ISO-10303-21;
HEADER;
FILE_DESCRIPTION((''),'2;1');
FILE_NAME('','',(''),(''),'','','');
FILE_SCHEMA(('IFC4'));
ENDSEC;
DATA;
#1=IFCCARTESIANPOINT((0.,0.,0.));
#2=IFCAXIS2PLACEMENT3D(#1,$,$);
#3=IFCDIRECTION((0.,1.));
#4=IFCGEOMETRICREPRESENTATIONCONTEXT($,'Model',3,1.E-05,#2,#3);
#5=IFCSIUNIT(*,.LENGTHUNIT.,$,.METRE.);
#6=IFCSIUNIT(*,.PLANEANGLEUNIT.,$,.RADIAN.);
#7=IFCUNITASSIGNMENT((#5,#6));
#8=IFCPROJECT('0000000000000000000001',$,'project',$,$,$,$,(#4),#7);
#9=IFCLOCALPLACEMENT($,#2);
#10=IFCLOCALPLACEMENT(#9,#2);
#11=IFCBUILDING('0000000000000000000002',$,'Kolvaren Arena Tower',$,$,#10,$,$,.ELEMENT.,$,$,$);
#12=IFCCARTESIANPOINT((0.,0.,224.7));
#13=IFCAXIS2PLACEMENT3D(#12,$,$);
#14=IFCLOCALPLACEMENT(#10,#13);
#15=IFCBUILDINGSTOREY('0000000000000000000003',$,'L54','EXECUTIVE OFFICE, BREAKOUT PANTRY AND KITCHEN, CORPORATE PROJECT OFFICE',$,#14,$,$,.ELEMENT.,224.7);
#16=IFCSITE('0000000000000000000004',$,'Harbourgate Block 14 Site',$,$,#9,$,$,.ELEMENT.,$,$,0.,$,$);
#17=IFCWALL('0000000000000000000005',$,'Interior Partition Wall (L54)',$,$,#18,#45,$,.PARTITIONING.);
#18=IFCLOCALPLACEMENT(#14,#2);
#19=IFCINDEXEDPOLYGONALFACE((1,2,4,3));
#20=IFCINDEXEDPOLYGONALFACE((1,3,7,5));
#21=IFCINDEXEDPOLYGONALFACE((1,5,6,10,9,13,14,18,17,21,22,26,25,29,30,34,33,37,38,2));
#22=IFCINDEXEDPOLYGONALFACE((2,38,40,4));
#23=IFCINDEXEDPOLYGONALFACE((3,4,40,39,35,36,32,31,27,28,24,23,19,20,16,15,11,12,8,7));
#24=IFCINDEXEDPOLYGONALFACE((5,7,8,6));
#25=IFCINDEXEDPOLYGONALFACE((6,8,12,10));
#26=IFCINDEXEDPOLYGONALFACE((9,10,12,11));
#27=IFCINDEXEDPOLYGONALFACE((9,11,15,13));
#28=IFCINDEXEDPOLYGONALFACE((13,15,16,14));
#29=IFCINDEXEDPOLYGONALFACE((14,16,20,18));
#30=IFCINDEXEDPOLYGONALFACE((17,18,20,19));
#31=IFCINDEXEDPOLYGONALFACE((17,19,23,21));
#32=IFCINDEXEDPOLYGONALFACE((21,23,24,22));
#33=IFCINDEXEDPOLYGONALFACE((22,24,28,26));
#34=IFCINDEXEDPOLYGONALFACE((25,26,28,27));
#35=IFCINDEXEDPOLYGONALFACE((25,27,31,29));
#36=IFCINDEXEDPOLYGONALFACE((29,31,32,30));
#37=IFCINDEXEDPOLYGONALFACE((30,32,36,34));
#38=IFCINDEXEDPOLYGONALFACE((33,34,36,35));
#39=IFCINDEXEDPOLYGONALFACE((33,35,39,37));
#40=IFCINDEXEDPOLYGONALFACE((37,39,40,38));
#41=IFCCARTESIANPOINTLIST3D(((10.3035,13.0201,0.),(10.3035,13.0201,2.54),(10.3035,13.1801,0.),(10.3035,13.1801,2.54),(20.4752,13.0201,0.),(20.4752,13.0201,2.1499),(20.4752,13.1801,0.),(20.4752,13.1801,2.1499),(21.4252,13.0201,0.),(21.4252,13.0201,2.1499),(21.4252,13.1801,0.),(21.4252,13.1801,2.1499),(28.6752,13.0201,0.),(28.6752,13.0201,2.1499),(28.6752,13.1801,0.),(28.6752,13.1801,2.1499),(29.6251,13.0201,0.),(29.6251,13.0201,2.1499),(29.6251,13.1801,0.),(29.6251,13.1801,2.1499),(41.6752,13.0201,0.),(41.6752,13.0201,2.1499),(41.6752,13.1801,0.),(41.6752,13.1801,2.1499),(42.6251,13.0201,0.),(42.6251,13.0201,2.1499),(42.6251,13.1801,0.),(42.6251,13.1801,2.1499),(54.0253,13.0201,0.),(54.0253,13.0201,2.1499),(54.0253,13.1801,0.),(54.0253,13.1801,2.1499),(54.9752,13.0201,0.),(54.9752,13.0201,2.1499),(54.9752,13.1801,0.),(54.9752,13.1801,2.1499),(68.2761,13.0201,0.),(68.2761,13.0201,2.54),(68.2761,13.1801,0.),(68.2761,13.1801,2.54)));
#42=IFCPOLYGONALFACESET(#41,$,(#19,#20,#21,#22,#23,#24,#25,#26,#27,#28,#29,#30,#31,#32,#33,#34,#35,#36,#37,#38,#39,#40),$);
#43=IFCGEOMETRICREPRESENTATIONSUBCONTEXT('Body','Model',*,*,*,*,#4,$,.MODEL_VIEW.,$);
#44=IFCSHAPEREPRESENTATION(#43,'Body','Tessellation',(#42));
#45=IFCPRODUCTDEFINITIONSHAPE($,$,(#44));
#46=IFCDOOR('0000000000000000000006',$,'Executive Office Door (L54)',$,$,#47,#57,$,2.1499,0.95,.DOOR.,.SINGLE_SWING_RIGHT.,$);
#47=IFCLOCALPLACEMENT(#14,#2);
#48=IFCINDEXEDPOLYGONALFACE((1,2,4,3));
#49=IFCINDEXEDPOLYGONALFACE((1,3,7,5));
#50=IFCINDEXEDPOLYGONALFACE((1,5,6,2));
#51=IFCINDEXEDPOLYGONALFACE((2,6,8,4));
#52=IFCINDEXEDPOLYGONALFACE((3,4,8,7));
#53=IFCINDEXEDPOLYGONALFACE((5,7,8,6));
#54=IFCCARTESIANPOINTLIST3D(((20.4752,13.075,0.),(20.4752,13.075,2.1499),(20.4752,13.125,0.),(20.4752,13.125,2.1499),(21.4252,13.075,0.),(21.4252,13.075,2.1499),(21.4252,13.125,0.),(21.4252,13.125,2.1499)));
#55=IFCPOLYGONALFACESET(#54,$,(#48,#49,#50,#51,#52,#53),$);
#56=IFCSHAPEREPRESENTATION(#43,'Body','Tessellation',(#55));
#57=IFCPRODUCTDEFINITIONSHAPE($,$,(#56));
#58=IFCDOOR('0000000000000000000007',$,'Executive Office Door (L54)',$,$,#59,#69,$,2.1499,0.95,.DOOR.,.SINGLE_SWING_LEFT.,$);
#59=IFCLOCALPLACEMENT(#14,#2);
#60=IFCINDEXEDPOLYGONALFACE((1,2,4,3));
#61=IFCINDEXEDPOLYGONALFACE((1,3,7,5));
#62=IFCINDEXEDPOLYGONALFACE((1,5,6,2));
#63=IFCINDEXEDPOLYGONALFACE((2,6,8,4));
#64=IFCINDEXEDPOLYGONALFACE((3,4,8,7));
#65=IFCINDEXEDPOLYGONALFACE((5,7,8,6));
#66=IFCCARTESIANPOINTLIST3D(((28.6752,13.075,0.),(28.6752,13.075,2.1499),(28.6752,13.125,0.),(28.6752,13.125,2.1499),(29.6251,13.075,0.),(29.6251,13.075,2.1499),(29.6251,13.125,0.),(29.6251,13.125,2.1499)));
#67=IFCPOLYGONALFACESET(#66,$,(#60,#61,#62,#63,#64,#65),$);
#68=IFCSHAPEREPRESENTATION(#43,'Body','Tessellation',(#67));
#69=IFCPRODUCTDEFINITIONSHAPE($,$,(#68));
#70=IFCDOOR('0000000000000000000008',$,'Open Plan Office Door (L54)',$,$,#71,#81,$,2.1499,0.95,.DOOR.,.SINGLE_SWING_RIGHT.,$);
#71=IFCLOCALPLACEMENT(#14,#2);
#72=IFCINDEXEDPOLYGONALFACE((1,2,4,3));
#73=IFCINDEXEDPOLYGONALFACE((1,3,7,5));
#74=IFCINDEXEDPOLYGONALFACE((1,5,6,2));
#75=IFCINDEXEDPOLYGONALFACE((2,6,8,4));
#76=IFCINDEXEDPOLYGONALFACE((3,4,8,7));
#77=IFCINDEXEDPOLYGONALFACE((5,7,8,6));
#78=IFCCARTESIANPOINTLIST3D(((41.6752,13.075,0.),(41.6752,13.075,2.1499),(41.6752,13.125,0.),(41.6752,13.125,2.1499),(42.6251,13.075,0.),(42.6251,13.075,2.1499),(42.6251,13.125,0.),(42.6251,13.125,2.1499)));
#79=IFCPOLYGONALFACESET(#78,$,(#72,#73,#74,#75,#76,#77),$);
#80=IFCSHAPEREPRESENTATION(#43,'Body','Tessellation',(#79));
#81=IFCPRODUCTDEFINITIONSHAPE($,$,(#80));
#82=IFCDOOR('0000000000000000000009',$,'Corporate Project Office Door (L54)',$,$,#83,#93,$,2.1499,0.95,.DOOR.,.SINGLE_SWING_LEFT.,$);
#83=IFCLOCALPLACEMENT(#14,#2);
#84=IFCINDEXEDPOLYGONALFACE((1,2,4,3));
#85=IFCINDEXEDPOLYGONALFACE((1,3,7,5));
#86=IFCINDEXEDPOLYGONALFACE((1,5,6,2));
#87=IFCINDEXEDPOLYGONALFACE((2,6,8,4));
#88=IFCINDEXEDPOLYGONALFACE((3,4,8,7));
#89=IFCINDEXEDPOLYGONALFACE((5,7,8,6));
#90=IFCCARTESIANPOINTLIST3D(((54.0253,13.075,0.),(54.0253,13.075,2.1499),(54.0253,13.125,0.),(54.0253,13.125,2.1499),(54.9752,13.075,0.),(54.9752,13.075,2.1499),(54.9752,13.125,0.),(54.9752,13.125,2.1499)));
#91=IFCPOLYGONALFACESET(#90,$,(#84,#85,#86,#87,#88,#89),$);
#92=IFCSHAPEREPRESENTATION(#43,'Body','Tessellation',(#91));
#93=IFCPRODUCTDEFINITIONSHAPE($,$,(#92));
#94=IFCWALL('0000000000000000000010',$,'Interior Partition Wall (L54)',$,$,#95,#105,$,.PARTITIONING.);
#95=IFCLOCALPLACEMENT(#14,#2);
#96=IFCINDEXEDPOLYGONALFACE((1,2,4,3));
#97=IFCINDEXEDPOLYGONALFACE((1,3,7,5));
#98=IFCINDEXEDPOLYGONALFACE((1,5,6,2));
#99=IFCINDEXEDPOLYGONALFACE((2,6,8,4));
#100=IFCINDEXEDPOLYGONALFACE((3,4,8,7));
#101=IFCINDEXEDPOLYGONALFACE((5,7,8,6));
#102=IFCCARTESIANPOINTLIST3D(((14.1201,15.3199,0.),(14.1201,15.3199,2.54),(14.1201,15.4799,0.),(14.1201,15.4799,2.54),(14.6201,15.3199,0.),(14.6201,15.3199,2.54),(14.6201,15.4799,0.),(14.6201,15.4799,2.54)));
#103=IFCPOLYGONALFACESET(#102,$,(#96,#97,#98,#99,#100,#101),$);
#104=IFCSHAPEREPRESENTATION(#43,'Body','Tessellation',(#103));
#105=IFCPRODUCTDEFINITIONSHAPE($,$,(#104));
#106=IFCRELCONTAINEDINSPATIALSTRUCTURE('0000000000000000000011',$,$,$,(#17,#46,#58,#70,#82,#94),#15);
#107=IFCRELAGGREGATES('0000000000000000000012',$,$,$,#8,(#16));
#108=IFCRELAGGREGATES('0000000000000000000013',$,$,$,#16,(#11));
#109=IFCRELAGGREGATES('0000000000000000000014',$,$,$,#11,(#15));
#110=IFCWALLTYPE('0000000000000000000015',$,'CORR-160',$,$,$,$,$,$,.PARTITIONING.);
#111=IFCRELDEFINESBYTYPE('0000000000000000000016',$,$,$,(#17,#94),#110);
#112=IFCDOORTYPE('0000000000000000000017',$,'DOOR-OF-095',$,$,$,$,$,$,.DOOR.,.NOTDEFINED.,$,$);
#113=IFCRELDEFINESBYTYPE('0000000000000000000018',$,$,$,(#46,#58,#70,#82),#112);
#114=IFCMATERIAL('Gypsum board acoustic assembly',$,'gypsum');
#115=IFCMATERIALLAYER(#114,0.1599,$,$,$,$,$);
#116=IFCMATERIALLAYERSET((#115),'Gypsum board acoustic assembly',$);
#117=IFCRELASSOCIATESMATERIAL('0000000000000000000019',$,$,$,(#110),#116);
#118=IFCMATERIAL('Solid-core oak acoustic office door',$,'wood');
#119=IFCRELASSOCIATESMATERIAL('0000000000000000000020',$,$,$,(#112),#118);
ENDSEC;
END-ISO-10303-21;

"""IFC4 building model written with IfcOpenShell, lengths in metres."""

from ifc_helpers import new_model, si_unit, direction, frame, frame_2d, origin, place, context, subcontext, project, spatial, rectangle, extrude, material, layer, layer_set, type_object, element, fill, save


model = new_model("IFC4")

# Units and contexts
model_context = context("Model", 3, precision=1e-05, world=origin(), true_north=direction((0.0, 1.0)))
body_context = subcontext(model_context, "Body", "Model", "MODEL_VIEW")
ifc_project = project(units=[si_unit("LENGTHUNIT", "METRE"), si_unit("PLANEANGLEUNIT", "RADIAN")], contexts=[model_context])

# Site, building, storey
site_placement = place(None, origin())
site = spatial("IfcSite", under=ifc_project, at=site_placement, Name="Harbourgate Block 14 Site", CompositionType="ELEMENT", RefElevation=0.0)
building_placement = place(site_placement, origin())
building = spatial("IfcBuilding", under=site, at=building_placement, Name="Kolvaren Arena Tower", CompositionType="ELEMENT")
storey_placement = place(building_placement, frame((0.0, 0.0, 224.7)))
storey = spatial("IfcBuildingStorey", under=building, at=storey_placement, Name="L54", Description="EXECUTIVE OFFICE, BREAKOUT PANTRY AND KITCHEN, CORPORATE PROJECT OFFICE", CompositionType="ELEMENT", Elevation=224.7)

# Wall, openings, doors
ifc_material_1 = material(Name="Gypsum board acoustic assembly", Category="gypsum")
ifc_layer_1 = layer(ifc_material_1, 0.1599)
ifc_layer_set_1 = layer_set([ifc_layer_1], Name="Gypsum board acoustic assembly")
wall_type_1 = type_object("IfcWallType", Name="CORR-160", PredefinedType="PARTITIONING", material=ifc_layer_set_1)
wall_1_placement = place(storey_placement, frame((10.3035, 13.1001, 0.0), z_axis=(0.0, 0.0, 1.0), x_axis=(1.0, 0.0, 0.0)))
wall_1 = element("IfcWall", 1, at=wall_1_placement, inside=storey, type_object=wall_type_1, Name="Interior Partition Wall (L54)", PredefinedType="PARTITIONING", context=body_context, shape_type="SweptSolid", body=[
    extrude(rectangle(XDim=57.9727, YDim=0.1599, at=frame_2d((28.9863, 0.0))), origin(), (0.0, 0.0, 1.0), 2.54),
])
opening_1_placement = place(wall_1_placement, frame((10.1716, 0.0, 0.0)))
opening_1 = element("IfcOpeningElement", 2, at=opening_1_placement, cuts=wall_1, PredefinedType="OPENING", context=body_context, shape_type="SweptSolid", body=[
    extrude(rectangle(XDim=0.95, YDim=2.1499, at=frame_2d((0.4751, 1.075))), frame((0.0, 0.0898, 0.0), z_axis=(0.0, -1.0, 0.0), x_axis=(1.0, 0.0, 0.0)), (0.0, 0.0, 1.0), 0.1799),
])
opening_2_placement = place(wall_1_placement, frame((18.3716, 0.0, 0.0)))
opening_2 = element("IfcOpeningElement", 3, at=opening_2_placement, cuts=wall_1, PredefinedType="OPENING", context=body_context, shape_type="SweptSolid", body=[
    extrude(rectangle(XDim=0.95, YDim=2.1499, at=frame_2d((0.4751, 1.075))), frame((0.0, 0.0898, 0.0), z_axis=(0.0, -1.0, 0.0), x_axis=(1.0, 0.0, 0.0)), (0.0, 0.0, 1.0), 0.1799),
])
opening_3_placement = place(wall_1_placement, frame((31.3716, 0.0, 0.0)))
opening_3 = element("IfcOpeningElement", 4, at=opening_3_placement, cuts=wall_1, PredefinedType="OPENING", context=body_context, shape_type="SweptSolid", body=[
    extrude(rectangle(XDim=0.95, YDim=2.1499, at=frame_2d((0.4751, 1.075))), frame((0.0, 0.0898, 0.0), z_axis=(0.0, -1.0, 0.0), x_axis=(1.0, 0.0, 0.0)), (0.0, 0.0, 1.0), 0.1799),
])
opening_4_placement = place(wall_1_placement, frame((43.7217, 0.0, 0.0)))
opening_4 = element("IfcOpeningElement", 5, at=opening_4_placement, cuts=wall_1, PredefinedType="OPENING", context=body_context, shape_type="SweptSolid", body=[
    extrude(rectangle(XDim=0.95, YDim=2.1499, at=frame_2d((0.4751, 1.075))), frame((0.0, 0.0898, 0.0), z_axis=(0.0, -1.0, 0.0), x_axis=(1.0, 0.0, 0.0)), (0.0, 0.0, 1.0), 0.1799),
])
ifc_material_2 = material(Name="Solid-core oak acoustic office door", Category="wood")
door_type_1 = type_object("IfcDoorType", Name="DOOR-OF-095", OperationType="NOTDEFINED", PredefinedType="DOOR", material=ifc_material_2)
door_1_placement = place(opening_1_placement, origin())
door_1 = element("IfcDoor", 6, at=door_1_placement, inside=storey, type_object=door_type_1, Name="Executive Office Door (L54)", OperationType="SINGLE_SWING_RIGHT", OverallHeight=2.1499, OverallWidth=0.95, PredefinedType="DOOR", context=body_context, shape_type="SweptSolid", body=[
    extrude(rectangle(XDim=0.95, YDim=2.1499, at=frame_2d((0.4751, 1.075))), frame((0.0, 0.0249, 0.0), z_axis=(0.0, -1.0, 0.0), x_axis=(1.0, 0.0, 0.0)), (0.0, 0.0, 1.0), 0.05),
])
fill(opening_1, door_1)
door_2_placement = place(opening_2_placement, origin())
door_2 = element("IfcDoor", 7, at=door_2_placement, inside=storey, type_object=door_type_1, Name="Executive Office Door (L54)", OperationType="SINGLE_SWING_LEFT", OverallHeight=2.1499, OverallWidth=0.95, PredefinedType="DOOR", context=body_context, shape_type="SweptSolid", body=[
    extrude(rectangle(XDim=0.95, YDim=2.1499, at=frame_2d((0.4751, 1.075))), frame((0.0, 0.0249, 0.0), z_axis=(0.0, -1.0, 0.0), x_axis=(1.0, 0.0, 0.0)), (0.0, 0.0, 1.0), 0.05),
])
fill(opening_2, door_2)
door_3_placement = place(opening_3_placement, origin())
door_3 = element("IfcDoor", 8, at=door_3_placement, inside=storey, type_object=door_type_1, Name="Open Plan Office Door (L54)", OperationType="SINGLE_SWING_RIGHT", OverallHeight=2.1499, OverallWidth=0.95, PredefinedType="DOOR", context=body_context, shape_type="SweptSolid", body=[
    extrude(rectangle(XDim=0.95, YDim=2.1499, at=frame_2d((0.4751, 1.075))), frame((0.0, 0.0249, 0.0), z_axis=(0.0, -1.0, 0.0), x_axis=(1.0, 0.0, 0.0)), (0.0, 0.0, 1.0), 0.05),
])
fill(opening_3, door_3)
door_4_placement = place(opening_4_placement, origin())
door_4 = element("IfcDoor", 9, at=door_4_placement, inside=storey, type_object=door_type_1, Name="Corporate Project Office Door (L54)", OperationType="SINGLE_SWING_LEFT", OverallHeight=2.1499, OverallWidth=0.95, PredefinedType="DOOR", context=body_context, shape_type="SweptSolid", body=[
    extrude(rectangle(XDim=0.95, YDim=2.1499, at=frame_2d((0.4751, 1.075))), frame((0.0, 0.0249, 0.0), z_axis=(0.0, -1.0, 0.0), x_axis=(1.0, 0.0, 0.0)), (0.0, 0.0, 1.0), 0.05),
])
fill(opening_4, door_4)

# Wall
wall_2_placement = place(storey_placement, frame((14.1201, 15.3999, 0.0), z_axis=(0.0, 0.0, 1.0), x_axis=(1.0, 0.0, 0.0)))
element("IfcWall", 10, at=wall_2_placement, inside=storey, type_object=wall_type_1, Name="Interior Partition Wall (L54)", PredefinedType="PARTITIONING", context=body_context, shape_type="SweptSolid", body=[
    extrude(rectangle(XDim=0.5, YDim=0.1599, at=frame_2d((0.25, 0.0))), origin(), (0.0, 0.0, 1.0), 2.54),
])

save(model, "model.ifc")
